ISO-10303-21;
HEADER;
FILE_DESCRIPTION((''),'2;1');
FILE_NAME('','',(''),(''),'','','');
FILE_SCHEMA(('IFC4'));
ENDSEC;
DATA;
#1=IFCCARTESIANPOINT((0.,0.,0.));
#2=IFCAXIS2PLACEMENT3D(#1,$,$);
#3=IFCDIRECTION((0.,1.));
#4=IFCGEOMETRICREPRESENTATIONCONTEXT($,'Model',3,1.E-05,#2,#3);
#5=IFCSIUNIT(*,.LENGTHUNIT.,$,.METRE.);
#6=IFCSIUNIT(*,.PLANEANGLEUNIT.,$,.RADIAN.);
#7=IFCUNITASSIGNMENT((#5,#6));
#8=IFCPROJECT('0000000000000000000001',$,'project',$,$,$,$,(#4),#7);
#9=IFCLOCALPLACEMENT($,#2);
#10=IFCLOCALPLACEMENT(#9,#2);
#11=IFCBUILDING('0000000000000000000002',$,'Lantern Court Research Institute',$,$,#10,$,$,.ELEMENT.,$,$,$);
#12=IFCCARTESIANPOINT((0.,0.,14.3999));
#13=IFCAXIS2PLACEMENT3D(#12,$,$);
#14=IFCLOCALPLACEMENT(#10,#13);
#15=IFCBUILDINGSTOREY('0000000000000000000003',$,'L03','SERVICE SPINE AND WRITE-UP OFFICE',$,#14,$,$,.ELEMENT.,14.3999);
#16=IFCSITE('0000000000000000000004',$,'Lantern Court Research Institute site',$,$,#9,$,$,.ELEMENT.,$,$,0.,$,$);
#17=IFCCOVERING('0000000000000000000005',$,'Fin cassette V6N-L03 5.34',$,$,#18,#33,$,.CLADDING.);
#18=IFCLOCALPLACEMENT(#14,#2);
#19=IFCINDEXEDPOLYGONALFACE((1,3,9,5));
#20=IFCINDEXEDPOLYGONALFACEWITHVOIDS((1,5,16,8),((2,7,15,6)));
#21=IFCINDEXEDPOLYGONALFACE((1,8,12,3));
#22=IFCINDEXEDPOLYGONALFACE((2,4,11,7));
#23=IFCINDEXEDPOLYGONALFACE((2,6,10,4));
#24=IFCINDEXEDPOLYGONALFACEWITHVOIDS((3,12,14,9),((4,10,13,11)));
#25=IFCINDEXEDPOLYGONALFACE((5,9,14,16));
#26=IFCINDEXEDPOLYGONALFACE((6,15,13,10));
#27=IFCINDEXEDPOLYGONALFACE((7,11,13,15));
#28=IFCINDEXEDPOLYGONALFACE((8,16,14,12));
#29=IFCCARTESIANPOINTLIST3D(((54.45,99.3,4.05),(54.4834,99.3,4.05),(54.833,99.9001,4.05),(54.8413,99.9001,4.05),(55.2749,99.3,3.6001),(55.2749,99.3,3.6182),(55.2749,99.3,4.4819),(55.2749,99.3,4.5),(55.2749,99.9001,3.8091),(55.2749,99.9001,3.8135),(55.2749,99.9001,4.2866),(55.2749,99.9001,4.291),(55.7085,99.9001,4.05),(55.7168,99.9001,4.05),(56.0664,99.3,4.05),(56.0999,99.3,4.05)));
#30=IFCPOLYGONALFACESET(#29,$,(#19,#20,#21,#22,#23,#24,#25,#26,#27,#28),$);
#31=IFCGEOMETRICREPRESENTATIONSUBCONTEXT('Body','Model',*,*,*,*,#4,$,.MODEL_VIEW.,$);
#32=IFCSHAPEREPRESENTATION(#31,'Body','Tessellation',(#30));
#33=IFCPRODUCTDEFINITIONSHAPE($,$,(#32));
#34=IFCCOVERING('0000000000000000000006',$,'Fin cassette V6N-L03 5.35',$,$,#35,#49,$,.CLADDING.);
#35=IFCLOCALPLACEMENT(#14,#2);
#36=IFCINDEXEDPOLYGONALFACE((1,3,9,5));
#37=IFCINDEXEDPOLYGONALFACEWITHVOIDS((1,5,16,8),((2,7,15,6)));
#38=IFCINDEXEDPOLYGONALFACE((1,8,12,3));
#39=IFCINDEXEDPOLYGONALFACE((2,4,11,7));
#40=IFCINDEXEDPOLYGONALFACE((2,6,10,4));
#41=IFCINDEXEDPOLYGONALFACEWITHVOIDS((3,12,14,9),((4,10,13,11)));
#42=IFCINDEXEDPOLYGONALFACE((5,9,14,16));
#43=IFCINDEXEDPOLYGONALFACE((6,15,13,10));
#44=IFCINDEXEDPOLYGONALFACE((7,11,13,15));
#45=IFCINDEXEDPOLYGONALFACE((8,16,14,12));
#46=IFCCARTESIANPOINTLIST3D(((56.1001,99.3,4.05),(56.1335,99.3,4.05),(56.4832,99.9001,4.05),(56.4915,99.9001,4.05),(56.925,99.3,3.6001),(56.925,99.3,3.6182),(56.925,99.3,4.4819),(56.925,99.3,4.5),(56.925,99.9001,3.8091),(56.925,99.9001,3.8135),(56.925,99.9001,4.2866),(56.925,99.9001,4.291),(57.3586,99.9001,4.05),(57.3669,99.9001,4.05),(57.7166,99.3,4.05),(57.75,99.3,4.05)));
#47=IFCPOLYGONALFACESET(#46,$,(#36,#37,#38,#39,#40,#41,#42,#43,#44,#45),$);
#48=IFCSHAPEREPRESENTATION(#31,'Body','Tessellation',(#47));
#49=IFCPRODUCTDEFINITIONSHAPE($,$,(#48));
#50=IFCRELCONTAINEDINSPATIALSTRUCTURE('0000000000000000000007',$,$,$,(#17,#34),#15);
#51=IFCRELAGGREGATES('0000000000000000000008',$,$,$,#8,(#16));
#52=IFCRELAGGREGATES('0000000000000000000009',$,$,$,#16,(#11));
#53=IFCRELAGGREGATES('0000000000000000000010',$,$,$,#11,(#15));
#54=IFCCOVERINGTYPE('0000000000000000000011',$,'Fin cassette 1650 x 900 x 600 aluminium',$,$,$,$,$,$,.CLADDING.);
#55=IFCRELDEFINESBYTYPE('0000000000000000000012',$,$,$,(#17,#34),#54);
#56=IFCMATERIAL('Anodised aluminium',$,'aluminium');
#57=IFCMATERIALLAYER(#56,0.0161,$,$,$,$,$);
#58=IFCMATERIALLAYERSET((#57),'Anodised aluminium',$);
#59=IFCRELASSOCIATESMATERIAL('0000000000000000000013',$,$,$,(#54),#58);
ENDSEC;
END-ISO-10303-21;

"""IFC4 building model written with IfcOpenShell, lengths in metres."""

from ifc_helpers import new_model, entity, si_unit, direction, frame, origin, place, context, subcontext, project, spatial, material, layer, layer_set, type_object, element, save


model = new_model("IFC4")

# Units and contexts
model_context = context("Model", 3, precision=1e-05, world=origin(), true_north=direction((0.0, 1.0)))
body_context = subcontext(model_context, "Body", "Model", "MODEL_VIEW")
ifc_project = project(units=[si_unit("LENGTHUNIT", "METRE"), si_unit("PLANEANGLEUNIT", "RADIAN")], contexts=[model_context])

# Site, building, storey
site_placement = place(None, origin())
site = spatial("IfcSite", under=ifc_project, at=site_placement, Name="Lantern Court Research Institute site", CompositionType="ELEMENT", RefElevation=0.0)
building_placement = place(site_placement, origin())
building = spatial("IfcBuilding", under=site, at=building_placement, Name="Lantern Court Research Institute", CompositionType="ELEMENT")
storey_placement = place(building_placement, frame((0.0, 0.0, 14.3999)))
storey = spatial("IfcBuildingStorey", under=building, at=storey_placement, Name="L03", Description="SERVICE SPINE AND WRITE-UP OFFICE", CompositionType="ELEMENT", Elevation=14.3999)

# Coverings
ifc_material_1 = material(Name="Anodised aluminium", Category="aluminium")
ifc_layer_1 = layer(ifc_material_1, 0.0161)
ifc_layer_set_1 = layer_set([ifc_layer_1], Name="Anodised aluminium")
covering_type_1 = type_object("IfcCoveringType", Name="Fin cassette 1650 x 900 x 600 aluminium", PredefinedType="CLADDING", material=ifc_layer_set_1)
covering_1_placement = place(storey_placement, frame((55.2749, 99.3, 4.05), z_axis=(0.0, 1.0, 0.0), x_axis=(-1.0, 0.0, 0.0)))
cartesian_point_1 = entity("IfcCartesianPoint", [0.825, 0.0])
cartesian_point_2 = entity("IfcCartesianPoint", [0.7915, 0.0])
cartesian_point_3 = entity("IfcCartesianPoint", [0.4419, 0.0])
cartesian_point_4 = entity("IfcCartesianPoint", [0.4336, 0.0])
element("IfcCovering", 1, at=covering_1_placement, inside=storey, type_object=covering_type_1, Name="Fin cassette V6N-L03 5.34", PredefinedType="CLADDING", context=body_context, shape_type="SweptSolid", body=[
    entity("IfcExtrudedAreaSolidTapered", entity("IfcArbitraryProfileDefWithVoids", "AREA", None, entity("IfcPolyline", [cartesian_point_1, entity("IfcCartesianPoint", [0.0, 0.45]), entity("IfcCartesianPoint", [-0.825, 0.0]), entity("IfcCartesianPoint", [0.0, -0.45]), cartesian_point_1]), [entity("IfcPolyline", [cartesian_point_2, entity("IfcCartesianPoint", [0.0, 0.4319]), entity("IfcCartesianPoint", [-0.7915, 0.0]), entity("IfcCartesianPoint", [0.0, -0.4319]), cartesian_point_2])]), entity("IfcAxis2Placement3D", entity("IfcCartesianPoint", [0.0, 0.0, 0.0])), entity("IfcDirection", [0.0, 0.0, 1.0]), 0.6001, entity("IfcArbitraryProfileDefWithVoids", "AREA", None, entity("IfcPolyline", [cartesian_point_3, entity("IfcCartesianPoint", [0.0, 0.241]), entity("IfcCartesianPoint", [-0.4419, 0.0]), entity("IfcCartesianPoint", [0.0, -0.241]), cartesian_point_3]), [entity("IfcPolyline", [cartesian_point_4, entity("IfcCartesianPoint", [0.0, 0.2366]), entity("IfcCartesianPoint", [-0.4336, 0.0]), entity("IfcCartesianPoint", [0.0, -0.2366]), cartesian_point_4])])),
])
covering_2_placement = place(storey_placement, frame((56.925, 99.3, 4.05), z_axis=(0.0, 1.0, 0.0), x_axis=(-1.0, 0.0, 0.0)))
cartesian_point_5 = entity("IfcCartesianPoint", [0.825, 0.0])
cartesian_point_6 = entity("IfcCartesianPoint", [0.7915, 0.0])
cartesian_point_7 = entity("IfcCartesianPoint", [0.4419, 0.0])
cartesian_point_8 = entity("IfcCartesianPoint", [0.4336, 0.0])
element("IfcCovering", 2, at=covering_2_placement, inside=storey, type_object=covering_type_1, Name="Fin cassette V6N-L03 5.35", PredefinedType="CLADDING", context=body_context, shape_type="SweptSolid", body=[
    entity("IfcExtrudedAreaSolidTapered", entity("IfcArbitraryProfileDefWithVoids", "AREA", None, entity("IfcPolyline", [cartesian_point_5, entity("IfcCartesianPoint", [0.0, 0.45]), entity("IfcCartesianPoint", [-0.825, 0.0]), entity("IfcCartesianPoint", [0.0, -0.45]), cartesian_point_5]), [entity("IfcPolyline", [cartesian_point_6, entity("IfcCartesianPoint", [0.0, 0.4319]), entity("IfcCartesianPoint", [-0.7915, 0.0]), entity("IfcCartesianPoint", [0.0, -0.4319]), cartesian_point_6])]), entity("IfcAxis2Placement3D", entity("IfcCartesianPoint", [0.0, 0.0, 0.0])), entity("IfcDirection", [0.0, 0.0, 1.0]), 0.6001, entity("IfcArbitraryProfileDefWithVoids", "AREA", None, entity("IfcPolyline", [cartesian_point_7, entity("IfcCartesianPoint", [0.0, 0.241]), entity("IfcCartesianPoint", [-0.4419, 0.0]), entity("IfcCartesianPoint", [0.0, -0.241]), cartesian_point_7]), [entity("IfcPolyline", [cartesian_point_8, entity("IfcCartesianPoint", [0.0, 0.2366]), entity("IfcCartesianPoint", [-0.4336, 0.0]), entity("IfcCartesianPoint", [0.0, -0.2366]), cartesian_point_8])])),
])

save(model, "model.ifc")
